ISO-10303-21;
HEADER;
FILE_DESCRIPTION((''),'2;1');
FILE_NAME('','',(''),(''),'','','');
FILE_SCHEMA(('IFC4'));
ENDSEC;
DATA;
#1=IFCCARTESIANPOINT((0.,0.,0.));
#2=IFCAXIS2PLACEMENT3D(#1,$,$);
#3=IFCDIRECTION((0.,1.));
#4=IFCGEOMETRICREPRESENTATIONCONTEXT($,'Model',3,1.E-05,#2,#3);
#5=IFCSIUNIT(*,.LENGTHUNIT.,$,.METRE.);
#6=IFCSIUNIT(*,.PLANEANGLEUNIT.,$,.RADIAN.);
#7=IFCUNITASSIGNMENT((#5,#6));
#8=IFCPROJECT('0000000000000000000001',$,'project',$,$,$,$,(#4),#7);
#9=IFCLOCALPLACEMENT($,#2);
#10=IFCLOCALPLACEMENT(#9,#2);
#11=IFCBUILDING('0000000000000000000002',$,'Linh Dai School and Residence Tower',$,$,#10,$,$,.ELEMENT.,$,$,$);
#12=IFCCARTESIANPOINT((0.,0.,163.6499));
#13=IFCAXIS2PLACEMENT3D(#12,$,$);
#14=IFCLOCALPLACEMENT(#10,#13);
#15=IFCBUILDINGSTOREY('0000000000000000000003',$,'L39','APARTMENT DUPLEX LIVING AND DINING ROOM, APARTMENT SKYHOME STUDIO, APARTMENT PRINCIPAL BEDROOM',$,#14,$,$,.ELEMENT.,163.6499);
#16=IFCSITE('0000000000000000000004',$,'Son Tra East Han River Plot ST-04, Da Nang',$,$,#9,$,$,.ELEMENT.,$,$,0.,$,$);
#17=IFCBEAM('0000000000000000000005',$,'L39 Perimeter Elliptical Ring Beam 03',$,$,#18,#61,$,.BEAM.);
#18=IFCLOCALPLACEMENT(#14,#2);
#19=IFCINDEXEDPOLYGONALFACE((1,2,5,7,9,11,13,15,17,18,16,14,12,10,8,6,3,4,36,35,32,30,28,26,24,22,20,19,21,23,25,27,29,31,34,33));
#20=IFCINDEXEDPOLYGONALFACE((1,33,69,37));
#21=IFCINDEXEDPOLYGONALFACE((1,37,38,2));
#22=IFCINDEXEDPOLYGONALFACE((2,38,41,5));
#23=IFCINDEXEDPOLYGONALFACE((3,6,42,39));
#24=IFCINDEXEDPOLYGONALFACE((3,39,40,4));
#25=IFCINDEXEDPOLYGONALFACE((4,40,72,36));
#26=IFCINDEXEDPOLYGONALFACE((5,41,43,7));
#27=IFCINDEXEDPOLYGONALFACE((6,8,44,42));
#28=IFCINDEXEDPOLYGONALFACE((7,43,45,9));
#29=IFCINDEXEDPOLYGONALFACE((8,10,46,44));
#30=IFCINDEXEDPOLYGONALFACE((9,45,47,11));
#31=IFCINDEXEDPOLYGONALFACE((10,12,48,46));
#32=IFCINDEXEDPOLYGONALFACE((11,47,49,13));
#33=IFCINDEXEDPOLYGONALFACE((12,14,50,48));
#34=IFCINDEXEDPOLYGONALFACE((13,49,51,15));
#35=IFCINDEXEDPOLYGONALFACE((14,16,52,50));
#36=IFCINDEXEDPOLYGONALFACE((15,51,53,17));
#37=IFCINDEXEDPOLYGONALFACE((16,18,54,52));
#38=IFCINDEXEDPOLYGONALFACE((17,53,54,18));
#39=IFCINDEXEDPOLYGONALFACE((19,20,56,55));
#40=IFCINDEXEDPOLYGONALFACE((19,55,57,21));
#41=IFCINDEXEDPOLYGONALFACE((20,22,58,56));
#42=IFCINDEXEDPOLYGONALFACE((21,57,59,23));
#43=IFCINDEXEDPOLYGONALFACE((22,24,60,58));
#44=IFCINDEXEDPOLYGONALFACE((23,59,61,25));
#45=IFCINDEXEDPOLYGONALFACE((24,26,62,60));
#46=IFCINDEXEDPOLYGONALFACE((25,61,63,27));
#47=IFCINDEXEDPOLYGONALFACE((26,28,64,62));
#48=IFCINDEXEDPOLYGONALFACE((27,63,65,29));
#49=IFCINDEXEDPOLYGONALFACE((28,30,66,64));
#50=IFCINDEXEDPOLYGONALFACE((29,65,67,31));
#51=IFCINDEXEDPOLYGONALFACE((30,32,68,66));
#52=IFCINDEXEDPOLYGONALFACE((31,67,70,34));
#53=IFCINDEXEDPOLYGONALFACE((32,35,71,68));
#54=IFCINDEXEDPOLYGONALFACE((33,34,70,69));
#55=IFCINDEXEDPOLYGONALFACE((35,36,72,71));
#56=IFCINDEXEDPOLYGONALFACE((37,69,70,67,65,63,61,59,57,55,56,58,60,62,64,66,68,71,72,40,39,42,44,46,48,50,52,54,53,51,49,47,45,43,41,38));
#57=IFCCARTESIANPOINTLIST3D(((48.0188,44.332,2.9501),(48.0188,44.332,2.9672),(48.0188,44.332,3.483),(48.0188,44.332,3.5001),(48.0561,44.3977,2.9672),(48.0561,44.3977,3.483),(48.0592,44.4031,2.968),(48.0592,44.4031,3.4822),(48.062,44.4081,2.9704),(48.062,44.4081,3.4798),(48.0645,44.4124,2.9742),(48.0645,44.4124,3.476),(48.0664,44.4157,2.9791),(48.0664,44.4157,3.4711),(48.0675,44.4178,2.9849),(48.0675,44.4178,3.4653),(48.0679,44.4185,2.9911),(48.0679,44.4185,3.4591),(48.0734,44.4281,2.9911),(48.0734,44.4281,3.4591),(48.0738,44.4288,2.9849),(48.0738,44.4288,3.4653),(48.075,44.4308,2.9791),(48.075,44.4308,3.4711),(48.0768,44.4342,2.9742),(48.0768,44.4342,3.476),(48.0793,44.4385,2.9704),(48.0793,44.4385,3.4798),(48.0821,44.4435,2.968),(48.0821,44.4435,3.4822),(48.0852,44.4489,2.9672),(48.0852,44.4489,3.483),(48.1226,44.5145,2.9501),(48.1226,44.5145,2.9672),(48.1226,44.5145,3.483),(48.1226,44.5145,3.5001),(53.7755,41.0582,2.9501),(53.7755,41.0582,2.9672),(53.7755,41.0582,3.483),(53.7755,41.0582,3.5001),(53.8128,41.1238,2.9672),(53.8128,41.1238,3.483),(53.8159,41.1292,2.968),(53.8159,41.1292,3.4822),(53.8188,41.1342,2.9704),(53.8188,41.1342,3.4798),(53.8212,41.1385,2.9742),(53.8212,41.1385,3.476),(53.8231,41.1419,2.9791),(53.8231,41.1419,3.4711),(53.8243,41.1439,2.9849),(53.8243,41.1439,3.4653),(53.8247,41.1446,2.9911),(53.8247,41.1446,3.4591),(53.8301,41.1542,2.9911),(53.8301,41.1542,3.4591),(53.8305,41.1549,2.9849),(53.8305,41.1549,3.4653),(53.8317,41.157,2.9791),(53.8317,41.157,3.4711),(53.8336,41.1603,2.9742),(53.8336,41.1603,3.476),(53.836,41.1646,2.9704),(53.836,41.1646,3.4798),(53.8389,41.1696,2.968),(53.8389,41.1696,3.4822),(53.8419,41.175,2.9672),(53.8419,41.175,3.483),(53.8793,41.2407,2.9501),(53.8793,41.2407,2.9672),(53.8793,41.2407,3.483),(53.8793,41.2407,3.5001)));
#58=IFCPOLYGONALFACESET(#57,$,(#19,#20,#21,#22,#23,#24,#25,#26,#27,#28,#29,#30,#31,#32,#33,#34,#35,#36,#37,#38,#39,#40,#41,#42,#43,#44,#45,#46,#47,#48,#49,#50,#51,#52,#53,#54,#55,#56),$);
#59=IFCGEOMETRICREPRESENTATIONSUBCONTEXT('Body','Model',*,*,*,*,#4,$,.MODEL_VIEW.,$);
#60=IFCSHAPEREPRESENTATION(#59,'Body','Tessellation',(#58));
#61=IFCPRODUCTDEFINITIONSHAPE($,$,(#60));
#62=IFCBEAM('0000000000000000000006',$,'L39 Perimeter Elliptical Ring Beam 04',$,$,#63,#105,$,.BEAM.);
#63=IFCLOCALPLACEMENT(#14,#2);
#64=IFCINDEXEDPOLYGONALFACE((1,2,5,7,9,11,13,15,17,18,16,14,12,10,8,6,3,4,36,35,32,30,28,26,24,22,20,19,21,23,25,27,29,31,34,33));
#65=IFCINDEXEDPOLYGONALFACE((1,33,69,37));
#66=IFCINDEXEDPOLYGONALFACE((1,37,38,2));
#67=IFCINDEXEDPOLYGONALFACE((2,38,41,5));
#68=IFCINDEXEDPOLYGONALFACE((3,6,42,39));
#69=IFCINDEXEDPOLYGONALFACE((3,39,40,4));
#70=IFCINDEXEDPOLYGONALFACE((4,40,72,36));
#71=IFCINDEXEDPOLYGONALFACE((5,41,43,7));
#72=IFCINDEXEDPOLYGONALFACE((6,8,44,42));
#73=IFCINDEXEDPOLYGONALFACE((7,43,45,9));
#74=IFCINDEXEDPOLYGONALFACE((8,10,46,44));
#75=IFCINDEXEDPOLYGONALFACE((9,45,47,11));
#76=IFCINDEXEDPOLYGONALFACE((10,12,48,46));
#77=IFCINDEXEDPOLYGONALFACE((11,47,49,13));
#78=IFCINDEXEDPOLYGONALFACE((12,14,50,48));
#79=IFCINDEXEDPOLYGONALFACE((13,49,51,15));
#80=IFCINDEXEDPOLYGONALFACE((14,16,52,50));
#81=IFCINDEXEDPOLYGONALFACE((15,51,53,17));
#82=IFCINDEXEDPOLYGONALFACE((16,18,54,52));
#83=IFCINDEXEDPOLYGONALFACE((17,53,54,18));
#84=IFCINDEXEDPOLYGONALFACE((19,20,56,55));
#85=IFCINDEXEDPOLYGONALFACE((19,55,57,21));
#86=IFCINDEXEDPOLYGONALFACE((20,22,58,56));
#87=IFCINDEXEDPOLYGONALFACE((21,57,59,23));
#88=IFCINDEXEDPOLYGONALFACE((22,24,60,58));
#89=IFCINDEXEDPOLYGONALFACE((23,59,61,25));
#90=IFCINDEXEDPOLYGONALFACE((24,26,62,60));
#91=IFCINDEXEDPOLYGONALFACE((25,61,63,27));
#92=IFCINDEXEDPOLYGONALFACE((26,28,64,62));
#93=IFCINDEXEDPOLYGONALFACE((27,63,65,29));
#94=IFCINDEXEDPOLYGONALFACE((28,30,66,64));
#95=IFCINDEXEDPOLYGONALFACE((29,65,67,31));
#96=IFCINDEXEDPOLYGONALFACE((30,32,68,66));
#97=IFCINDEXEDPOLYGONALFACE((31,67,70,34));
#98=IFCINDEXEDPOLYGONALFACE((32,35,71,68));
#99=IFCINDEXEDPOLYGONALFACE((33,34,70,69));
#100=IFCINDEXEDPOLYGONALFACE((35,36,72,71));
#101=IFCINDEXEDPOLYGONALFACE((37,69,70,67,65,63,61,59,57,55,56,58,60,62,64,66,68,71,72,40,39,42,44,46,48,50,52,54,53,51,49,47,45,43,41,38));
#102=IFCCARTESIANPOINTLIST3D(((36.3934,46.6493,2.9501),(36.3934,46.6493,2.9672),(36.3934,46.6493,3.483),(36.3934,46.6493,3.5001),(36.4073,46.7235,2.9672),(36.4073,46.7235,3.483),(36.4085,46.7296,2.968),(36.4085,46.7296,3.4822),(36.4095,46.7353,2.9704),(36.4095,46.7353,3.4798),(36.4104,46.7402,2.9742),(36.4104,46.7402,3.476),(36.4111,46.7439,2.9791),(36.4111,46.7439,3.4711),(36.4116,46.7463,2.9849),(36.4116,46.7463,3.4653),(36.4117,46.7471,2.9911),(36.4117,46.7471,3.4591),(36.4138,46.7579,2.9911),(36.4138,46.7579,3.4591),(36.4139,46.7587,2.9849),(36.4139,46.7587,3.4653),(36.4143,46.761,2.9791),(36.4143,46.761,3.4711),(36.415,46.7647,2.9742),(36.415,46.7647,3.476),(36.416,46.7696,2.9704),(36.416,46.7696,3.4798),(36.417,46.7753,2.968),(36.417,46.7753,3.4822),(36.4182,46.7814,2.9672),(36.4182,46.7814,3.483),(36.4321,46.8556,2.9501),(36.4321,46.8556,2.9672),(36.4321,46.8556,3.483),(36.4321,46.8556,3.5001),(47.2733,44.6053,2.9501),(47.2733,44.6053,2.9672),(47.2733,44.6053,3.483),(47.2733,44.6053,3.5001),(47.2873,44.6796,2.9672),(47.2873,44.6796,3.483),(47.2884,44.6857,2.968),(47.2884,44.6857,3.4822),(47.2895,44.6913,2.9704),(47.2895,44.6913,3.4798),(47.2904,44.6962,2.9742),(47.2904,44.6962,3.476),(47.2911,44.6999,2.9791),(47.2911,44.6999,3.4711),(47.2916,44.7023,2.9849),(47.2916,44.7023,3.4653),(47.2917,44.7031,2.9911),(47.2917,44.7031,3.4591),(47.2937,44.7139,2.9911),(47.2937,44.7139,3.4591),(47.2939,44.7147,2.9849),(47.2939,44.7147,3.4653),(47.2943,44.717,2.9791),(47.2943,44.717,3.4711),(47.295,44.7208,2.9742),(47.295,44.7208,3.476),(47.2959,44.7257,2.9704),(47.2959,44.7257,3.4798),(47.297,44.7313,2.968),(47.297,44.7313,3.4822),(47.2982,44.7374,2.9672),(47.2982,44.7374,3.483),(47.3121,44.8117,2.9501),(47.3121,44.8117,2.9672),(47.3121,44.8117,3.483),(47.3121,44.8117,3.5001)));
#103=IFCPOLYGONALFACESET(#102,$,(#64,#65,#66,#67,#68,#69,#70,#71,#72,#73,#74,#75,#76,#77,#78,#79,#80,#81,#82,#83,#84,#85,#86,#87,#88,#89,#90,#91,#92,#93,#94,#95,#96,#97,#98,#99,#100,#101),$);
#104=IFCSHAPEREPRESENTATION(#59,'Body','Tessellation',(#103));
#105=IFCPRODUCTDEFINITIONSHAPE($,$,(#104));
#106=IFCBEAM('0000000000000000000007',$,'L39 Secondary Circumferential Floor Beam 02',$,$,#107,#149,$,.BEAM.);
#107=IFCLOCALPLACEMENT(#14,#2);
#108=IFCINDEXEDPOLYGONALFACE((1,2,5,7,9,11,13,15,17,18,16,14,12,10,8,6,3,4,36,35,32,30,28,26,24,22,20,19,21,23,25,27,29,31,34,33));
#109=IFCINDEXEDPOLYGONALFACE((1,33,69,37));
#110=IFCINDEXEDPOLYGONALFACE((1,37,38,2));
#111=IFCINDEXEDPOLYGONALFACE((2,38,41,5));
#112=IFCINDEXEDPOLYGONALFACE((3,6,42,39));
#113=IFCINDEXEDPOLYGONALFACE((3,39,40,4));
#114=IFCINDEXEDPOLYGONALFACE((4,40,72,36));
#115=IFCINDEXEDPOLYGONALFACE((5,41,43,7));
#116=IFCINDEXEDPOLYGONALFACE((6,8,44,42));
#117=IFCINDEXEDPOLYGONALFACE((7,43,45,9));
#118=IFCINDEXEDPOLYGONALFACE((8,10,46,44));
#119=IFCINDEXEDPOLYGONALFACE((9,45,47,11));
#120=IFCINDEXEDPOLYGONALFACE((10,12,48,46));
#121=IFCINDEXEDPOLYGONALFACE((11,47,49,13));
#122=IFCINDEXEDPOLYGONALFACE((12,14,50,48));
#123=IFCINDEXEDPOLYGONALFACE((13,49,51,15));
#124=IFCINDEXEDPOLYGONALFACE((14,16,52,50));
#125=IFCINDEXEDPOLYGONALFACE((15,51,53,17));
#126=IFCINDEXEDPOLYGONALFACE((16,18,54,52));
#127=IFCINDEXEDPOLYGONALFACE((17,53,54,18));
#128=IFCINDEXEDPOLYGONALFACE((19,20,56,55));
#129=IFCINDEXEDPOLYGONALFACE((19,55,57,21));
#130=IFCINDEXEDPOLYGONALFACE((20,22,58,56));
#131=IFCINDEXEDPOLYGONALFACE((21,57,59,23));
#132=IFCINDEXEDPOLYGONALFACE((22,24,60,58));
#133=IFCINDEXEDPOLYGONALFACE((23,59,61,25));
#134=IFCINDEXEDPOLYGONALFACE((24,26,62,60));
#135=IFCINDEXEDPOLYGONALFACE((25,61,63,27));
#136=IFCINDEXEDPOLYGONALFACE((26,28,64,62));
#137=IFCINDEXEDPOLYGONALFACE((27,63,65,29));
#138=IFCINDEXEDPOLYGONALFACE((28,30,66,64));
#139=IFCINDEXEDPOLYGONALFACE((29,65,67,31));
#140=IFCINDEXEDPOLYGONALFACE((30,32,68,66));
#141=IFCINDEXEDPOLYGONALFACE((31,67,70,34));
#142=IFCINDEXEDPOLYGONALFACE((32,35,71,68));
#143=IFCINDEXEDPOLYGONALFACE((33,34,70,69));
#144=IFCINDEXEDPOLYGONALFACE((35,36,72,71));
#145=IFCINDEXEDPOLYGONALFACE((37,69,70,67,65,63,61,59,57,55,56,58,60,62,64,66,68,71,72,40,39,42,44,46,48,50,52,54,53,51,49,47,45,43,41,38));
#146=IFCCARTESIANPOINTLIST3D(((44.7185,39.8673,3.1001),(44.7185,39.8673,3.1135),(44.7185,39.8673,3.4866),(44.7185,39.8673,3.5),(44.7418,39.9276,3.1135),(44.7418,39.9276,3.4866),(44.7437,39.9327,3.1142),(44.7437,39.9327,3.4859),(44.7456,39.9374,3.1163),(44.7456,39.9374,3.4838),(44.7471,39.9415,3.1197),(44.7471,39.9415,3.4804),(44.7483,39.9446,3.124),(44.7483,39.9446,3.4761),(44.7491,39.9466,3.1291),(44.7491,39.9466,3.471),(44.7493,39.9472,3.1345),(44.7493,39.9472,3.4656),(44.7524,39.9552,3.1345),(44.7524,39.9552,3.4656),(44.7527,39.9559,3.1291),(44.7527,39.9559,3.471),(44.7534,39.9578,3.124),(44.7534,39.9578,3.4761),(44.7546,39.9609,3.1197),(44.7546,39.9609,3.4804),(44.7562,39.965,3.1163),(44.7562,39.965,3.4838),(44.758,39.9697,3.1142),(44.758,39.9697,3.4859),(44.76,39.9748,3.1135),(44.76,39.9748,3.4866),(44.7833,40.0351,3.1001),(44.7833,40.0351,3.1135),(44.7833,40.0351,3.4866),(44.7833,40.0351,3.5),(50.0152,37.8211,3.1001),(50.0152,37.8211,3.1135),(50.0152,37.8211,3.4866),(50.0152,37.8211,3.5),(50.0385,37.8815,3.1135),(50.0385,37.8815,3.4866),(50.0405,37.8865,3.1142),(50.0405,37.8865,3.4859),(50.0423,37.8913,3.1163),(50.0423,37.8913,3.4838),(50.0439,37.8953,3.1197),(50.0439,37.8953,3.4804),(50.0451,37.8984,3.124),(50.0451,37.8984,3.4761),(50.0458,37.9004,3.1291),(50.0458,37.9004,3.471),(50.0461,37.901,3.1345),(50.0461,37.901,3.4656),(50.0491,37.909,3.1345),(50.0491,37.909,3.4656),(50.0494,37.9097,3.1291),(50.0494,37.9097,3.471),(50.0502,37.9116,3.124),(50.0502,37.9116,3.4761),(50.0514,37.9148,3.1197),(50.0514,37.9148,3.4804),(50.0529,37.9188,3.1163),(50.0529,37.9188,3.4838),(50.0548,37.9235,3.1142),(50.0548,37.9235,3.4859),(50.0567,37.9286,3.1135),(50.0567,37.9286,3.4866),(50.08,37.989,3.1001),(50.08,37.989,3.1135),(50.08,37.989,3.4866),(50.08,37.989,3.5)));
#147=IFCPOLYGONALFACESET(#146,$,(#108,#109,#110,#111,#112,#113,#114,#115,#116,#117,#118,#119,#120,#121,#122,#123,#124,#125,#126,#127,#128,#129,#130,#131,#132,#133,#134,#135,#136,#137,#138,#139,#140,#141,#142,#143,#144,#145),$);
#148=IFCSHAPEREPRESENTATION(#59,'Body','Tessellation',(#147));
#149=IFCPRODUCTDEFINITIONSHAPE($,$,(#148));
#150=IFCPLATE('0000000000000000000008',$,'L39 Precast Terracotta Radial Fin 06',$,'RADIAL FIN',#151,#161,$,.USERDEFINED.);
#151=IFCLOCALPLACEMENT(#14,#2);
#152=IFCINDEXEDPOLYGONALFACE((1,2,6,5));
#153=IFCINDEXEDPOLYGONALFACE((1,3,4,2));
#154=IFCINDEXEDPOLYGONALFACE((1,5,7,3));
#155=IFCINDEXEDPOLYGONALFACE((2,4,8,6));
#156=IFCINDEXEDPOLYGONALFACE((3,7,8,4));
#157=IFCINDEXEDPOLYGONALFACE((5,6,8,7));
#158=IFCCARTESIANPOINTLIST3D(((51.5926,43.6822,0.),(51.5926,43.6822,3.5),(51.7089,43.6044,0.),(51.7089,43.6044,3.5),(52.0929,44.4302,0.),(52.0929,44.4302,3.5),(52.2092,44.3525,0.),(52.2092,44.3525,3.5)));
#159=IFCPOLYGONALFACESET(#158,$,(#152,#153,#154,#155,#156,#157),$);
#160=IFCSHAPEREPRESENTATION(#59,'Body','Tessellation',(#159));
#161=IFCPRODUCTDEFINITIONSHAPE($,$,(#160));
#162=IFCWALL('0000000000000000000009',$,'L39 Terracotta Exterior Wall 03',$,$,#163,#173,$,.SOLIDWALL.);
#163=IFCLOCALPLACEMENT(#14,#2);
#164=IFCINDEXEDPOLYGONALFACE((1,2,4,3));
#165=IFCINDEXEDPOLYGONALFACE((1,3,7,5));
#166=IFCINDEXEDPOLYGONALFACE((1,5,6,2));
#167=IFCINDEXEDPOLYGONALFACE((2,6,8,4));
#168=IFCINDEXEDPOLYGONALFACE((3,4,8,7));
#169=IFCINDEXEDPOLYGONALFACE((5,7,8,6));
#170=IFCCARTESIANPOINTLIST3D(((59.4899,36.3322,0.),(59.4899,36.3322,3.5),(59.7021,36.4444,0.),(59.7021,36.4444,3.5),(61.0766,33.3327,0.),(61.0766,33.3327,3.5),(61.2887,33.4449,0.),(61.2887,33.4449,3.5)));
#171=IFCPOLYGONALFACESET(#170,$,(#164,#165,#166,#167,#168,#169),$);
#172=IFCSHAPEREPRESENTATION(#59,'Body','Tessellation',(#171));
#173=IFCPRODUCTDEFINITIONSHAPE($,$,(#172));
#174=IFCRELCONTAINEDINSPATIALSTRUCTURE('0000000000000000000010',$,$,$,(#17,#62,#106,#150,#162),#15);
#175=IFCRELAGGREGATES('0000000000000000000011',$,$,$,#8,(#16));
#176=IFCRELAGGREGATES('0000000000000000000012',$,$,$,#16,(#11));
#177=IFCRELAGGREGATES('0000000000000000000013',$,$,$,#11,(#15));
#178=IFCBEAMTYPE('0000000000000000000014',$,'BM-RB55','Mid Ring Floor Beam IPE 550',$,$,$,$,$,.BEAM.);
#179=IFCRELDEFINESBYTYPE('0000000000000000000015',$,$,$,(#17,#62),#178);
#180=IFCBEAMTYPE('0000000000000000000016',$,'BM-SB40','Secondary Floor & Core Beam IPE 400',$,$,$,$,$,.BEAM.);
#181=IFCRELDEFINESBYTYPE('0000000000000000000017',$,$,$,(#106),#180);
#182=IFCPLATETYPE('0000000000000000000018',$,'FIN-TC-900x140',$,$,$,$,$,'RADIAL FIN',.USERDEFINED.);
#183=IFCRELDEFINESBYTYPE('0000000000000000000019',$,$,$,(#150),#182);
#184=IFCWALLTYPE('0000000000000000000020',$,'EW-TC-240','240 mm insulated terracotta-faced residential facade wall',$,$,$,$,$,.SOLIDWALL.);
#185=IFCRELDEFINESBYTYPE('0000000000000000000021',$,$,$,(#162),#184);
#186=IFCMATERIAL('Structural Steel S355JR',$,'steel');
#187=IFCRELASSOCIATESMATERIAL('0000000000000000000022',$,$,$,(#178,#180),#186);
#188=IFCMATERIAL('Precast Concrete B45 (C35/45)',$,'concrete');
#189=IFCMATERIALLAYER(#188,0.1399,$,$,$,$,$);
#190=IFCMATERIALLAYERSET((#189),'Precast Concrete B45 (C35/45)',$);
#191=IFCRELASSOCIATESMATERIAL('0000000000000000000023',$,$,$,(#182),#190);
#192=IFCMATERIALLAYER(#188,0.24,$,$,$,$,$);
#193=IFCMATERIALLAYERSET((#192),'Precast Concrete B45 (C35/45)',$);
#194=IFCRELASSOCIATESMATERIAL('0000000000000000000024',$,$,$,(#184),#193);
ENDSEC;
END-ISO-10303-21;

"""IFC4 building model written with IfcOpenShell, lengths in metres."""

from ifc_helpers import new_model, si_unit, direction, frame, frame_2d, origin, origin_2d, place, context, subcontext, project, spatial, rectangle, i_section, extrude, source, transform, mapped, material, layer, layer_set, material_profile, profile_set, type_object, element, save


model = new_model("IFC4")

# Units and contexts
model_context = context("Model", 3, precision=1e-05, world=origin(), true_north=direction((0.0, 1.0)))
body_context = subcontext(model_context, "Body", "Model", "MODEL_VIEW")
ifc_project = project(units=[si_unit("LENGTHUNIT", "METRE"), si_unit("PLANEANGLEUNIT", "RADIAN")], contexts=[model_context])

# Site, building, storey
site_placement = place(None, origin())
site = spatial("IfcSite", under=ifc_project, at=site_placement, Name="Son Tra East Han River Plot ST-04, Da Nang", CompositionType="ELEMENT", RefElevation=0.0)
building_placement = place(site_placement, origin())
building = spatial("IfcBuilding", under=site, at=building_placement, Name="Linh Dai School and Residence Tower", CompositionType="ELEMENT")
storey_placement = place(building_placement, frame((0.0, 0.0, 163.6499)))
storey = spatial("IfcBuildingStorey", under=building, at=storey_placement, Name="L39", Description="APARTMENT DUPLEX LIVING AND DINING ROOM, APARTMENT SKYHOME STUDIO, APARTMENT PRINCIPAL BEDROOM", CompositionType="ELEMENT", Elevation=163.6499)

# Shared definitions
ifc_material_1 = material(Name="Structural Steel S355JR", Category="steel")

# Beams
ifc_material_profile_1 = material_profile(ifc_material_1, i_section(OverallWidth=0.21, OverallDepth=0.55, WebThickness=0.011, FlangeThickness=0.0171, FilletRadius=0.0239, at=origin_2d()), Name="IPE 550")
ifc_profile_set_1 = profile_set([ifc_material_profile_1], Name="Structural Steel S355JR")
beam_type_1 = type_object("IfcBeamType", Name="BM-RB55", Description="Mid Ring Floor Beam IPE 550", PredefinedType="BEAM", material=ifc_profile_set_1)
beam_1_placement = place(storey_placement, frame((53.8274, 41.1494, 3.2251), z_axis=(-0.869262, 0.494351, 0.0), x_axis=(-0.494351, -0.869262, 0.0)))
element("IfcBeam", 1, at=beam_1_placement, inside=storey, type_object=beam_type_1, Name="L39 Perimeter Elliptical Ring Beam 03", PredefinedType="BEAM", context=body_context, shape_type="SweptSolid", body=[
    extrude(i_section(OverallWidth=0.21, OverallDepth=0.55, WebThickness=0.011, FlangeThickness=0.0171, FilletRadius=0.0239, at=origin_2d()), origin(), (0.0, 0.0, 1.0), 6.6226),
])
beam_2_placement = place(storey_placement, frame((47.2927, 44.7085, 3.2251), z_axis=(-0.982807, 0.184635, 0.0), x_axis=(-0.184635, -0.982807, 0.0)))
element("IfcBeam", 2, at=beam_2_placement, inside=storey, type_object=beam_type_1, Name="L39 Perimeter Elliptical Ring Beam 04", PredefinedType="BEAM", context=body_context, shape_type="SweptSolid", body=[
    extrude(i_section(OverallWidth=0.21, OverallDepth=0.55, WebThickness=0.011, FlangeThickness=0.0171, FilletRadius=0.0239, at=origin_2d()), origin(), (0.0, 0.0, 1.0), 11.0703),
])
ifc_material_profile_2 = material_profile(ifc_material_1, i_section(OverallWidth=0.1799, OverallDepth=0.3999, WebThickness=0.0085, FlangeThickness=0.0134, FilletRadius=0.021, at=origin_2d()), Name="IPE 400")
ifc_profile_set_2 = profile_set([ifc_material_profile_2], Name="Structural Steel S355JR")
beam_type_2 = type_object("IfcBeamType", Name="BM-SB40", Description="Secondary Floor & Core Beam IPE 400", PredefinedType="BEAM", material=ifc_profile_set_2)
beam_3_placement = place(storey_placement, frame((50.0476, 37.905, 3.3), z_axis=(-0.932815, 0.360356, 0.0), x_axis=(-0.360356, -0.932815, 0.0)))
element("IfcBeam", 3, at=beam_3_placement, inside=storey, type_object=beam_type_2, Name="L39 Secondary Circumferential Floor Beam 02", PredefinedType="BEAM", context=body_context, shape_type="SweptSolid", body=[
    extrude(i_section(OverallWidth=0.1799, OverallDepth=0.3999, WebThickness=0.0085, FlangeThickness=0.0134, FilletRadius=0.021, at=origin_2d()), origin(), (0.0, 0.0, 1.0), 5.6782),
])

# Plate
ifc_material_2 = material(Name="Precast Concrete B45 (C35/45)", Category="concrete")
ifc_layer_1 = layer(ifc_material_2, 0.1399)
ifc_layer_set_1 = layer_set([ifc_layer_1], Name="Precast Concrete B45 (C35/45)")
plate_type = type_object("IfcPlateType", Name="FIN-TC-900x140", ElementType="RADIAL FIN", PredefinedType="USERDEFINED", material=ifc_layer_set_1)
shared_shape_1 = source(origin(), body_context, "Body", "SweptSolid", [
    extrude(rectangle(XDim=0.8999, YDim=0.1399, at=origin_2d()), origin(), (0.0, 0.0, 1.0), 3.5),
])
plate_placement = place(storey_placement, frame((51.9009, 44.0173, 0.0), z_axis=(0.0, 0.0, 1.0), x_axis=(0.555931, 0.831228, 0.0)))
element("IfcPlate", 4, at=plate_placement, inside=storey, type_object=plate_type, Name="L39 Precast Terracotta Radial Fin 06", ObjectType="RADIAL FIN", PredefinedType="USERDEFINED", context=body_context, shape_type="MappedRepresentation", body=[
    mapped(shared_shape_1, transform((0.0, 0.0, 0.0), x_axis=(1.0, 0.0, 0.0), y_axis=(0.0, 1.0, 0.0), z_axis=(0.0, 0.0, 1.0), scale=1.0)),
])

# Wall
ifc_layer_2 = layer(ifc_material_2, 0.24)
ifc_layer_set_2 = layer_set([ifc_layer_2], Name="Precast Concrete B45 (C35/45)")
wall_type_1 = type_object("IfcWallType", Name="EW-TC-240", Description="240 mm insulated terracotta-faced residential facade wall", PredefinedType="SOLIDWALL", material=ifc_layer_set_2)
wall_1_placement = place(storey_placement, frame((59.5959, 36.3884, 0.0), z_axis=(0.0, 0.0, 1.0), x_axis=(0.467587, -0.883947, 0.0)))
element("IfcWall", 5, at=wall_1_placement, inside=storey, type_object=wall_type_1, Name="L39 Terracotta Exterior Wall 03", PredefinedType="SOLIDWALL", context=body_context, shape_type="SweptSolid", body=[
    extrude(rectangle(XDim=3.3933, YDim=0.24, at=frame_2d((1.6968, 0.0))), origin(), (0.0, 0.0, 1.0), 3.5),
])

save(model, "model.ifc")
